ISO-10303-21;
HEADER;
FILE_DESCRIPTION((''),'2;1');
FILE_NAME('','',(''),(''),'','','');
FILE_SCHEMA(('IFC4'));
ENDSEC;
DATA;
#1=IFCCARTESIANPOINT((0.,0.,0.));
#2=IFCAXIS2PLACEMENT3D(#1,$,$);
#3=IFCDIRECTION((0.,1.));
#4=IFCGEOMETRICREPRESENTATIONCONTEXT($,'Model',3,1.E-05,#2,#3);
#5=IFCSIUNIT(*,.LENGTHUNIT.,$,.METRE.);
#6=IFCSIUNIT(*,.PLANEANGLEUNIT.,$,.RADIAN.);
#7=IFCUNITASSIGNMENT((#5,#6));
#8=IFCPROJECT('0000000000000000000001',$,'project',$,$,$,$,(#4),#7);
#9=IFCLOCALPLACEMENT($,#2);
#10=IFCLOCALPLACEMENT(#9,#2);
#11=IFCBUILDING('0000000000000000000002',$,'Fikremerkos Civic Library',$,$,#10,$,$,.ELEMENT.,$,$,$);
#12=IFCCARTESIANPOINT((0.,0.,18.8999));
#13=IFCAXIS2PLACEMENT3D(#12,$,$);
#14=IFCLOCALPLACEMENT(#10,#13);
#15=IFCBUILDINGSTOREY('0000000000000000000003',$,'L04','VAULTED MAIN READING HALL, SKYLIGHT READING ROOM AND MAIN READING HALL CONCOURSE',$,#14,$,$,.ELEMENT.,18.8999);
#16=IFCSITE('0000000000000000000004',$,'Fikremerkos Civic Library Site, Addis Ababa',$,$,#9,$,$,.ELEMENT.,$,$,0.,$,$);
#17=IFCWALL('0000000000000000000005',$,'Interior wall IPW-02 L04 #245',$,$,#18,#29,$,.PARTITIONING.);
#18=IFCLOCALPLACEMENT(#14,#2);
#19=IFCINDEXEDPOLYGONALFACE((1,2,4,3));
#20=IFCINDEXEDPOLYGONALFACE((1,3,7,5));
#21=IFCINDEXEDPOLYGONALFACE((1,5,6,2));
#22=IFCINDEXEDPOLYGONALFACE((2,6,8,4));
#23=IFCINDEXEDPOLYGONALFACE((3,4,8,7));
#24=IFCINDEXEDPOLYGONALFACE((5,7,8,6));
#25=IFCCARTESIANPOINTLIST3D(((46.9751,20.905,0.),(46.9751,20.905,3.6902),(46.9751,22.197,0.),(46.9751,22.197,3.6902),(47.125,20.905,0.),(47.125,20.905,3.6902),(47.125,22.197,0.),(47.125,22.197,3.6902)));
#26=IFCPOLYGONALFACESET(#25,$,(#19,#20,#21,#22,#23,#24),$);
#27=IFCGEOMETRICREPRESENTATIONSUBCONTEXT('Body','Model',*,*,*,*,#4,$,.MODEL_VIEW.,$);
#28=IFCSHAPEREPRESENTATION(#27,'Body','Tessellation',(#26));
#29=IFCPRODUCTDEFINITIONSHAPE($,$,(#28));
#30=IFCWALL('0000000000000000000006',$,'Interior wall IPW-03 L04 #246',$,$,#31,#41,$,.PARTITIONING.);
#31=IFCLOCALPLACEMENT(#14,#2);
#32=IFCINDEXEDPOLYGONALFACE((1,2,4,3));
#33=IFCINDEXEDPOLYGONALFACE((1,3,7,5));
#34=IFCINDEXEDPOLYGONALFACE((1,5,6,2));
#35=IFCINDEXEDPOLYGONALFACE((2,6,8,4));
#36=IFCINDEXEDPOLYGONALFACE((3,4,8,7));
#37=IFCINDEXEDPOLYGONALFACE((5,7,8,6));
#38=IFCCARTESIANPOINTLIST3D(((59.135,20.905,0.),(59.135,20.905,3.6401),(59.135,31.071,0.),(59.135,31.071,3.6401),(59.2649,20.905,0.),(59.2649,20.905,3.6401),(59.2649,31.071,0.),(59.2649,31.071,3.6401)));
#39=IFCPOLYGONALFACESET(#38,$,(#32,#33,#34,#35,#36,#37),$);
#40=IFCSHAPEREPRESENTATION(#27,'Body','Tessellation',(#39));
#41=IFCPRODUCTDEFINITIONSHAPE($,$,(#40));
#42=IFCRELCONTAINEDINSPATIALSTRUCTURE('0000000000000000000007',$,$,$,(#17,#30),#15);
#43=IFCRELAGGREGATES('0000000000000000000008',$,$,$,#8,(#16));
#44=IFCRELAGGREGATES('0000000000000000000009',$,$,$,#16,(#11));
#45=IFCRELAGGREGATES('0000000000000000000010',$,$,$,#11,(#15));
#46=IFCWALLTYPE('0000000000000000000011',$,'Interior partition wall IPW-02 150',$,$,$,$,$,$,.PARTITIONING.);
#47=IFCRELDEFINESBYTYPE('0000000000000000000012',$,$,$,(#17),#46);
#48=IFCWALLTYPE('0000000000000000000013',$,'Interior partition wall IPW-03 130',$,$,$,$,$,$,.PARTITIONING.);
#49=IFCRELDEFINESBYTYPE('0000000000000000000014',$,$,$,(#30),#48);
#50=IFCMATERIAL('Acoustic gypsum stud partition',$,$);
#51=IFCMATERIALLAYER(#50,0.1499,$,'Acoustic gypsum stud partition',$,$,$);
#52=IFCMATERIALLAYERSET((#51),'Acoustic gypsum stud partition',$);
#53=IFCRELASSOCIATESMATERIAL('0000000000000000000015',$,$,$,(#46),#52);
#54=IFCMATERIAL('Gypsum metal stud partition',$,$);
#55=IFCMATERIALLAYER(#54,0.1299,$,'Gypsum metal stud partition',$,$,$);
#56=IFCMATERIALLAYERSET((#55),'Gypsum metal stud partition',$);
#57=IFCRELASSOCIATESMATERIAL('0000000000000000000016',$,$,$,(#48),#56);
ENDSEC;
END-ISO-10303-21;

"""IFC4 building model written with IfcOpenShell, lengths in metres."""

from ifc_helpers import new_model, si_unit, direction, frame, frame_2d, origin, place, context, subcontext, project, spatial, rectangle, extrude, material, layer, layer_set, type_object, element, save


model = new_model("IFC4")

# Units and contexts
model_context = context("Model", 3, precision=1e-05, world=origin(), true_north=direction((0.0, 1.0)))
body_context = subcontext(model_context, "Body", "Model", "MODEL_VIEW")
ifc_project = project(units=[si_unit("LENGTHUNIT", "METRE"), si_unit("PLANEANGLEUNIT", "RADIAN")], contexts=[model_context])

# Site, building, storey
site_placement = place(None, origin())
site = spatial("IfcSite", under=ifc_project, at=site_placement, Name="Fikremerkos Civic Library Site, Addis Ababa", CompositionType="ELEMENT", RefElevation=0.0)
building_placement = place(site_placement, origin())
building = spatial("IfcBuilding", under=site, at=building_placement, Name="Fikremerkos Civic Library", CompositionType="ELEMENT")
storey_placement = place(building_placement, frame((0.0, 0.0, 18.8999)))
storey = spatial("IfcBuildingStorey", under=building, at=storey_placement, Name="L04", Description="VAULTED MAIN READING HALL, SKYLIGHT READING ROOM AND MAIN READING HALL CONCOURSE", CompositionType="ELEMENT", Elevation=18.8999)

# Shared definitions
ifc_material_1 = material(Name="Acoustic gypsum stud partition")
ifc_layer_1 = layer(ifc_material_1, 0.1499, Name="Acoustic gypsum stud partition")
ifc_layer_set_1 = layer_set([ifc_layer_1], Name="Acoustic gypsum stud partition")
wall_type_1 = type_object("IfcWallType", Name="Interior partition wall IPW-02 150", PredefinedType="PARTITIONING", material=ifc_layer_set_1)

# Walls
wall_1_placement = place(storey_placement, frame((47.05, 20.905, 0.0), z_axis=(0.0, 0.0, 1.0), x_axis=(0.0, 1.0, 0.0)))
element("IfcWall", 1, at=wall_1_placement, inside=storey, type_object=wall_type_1, Name="Interior wall IPW-02 L04 #245", PredefinedType="PARTITIONING", context=body_context, shape_type="SweptSolid", body=[
    extrude(rectangle(XDim=1.292, YDim=0.1499, at=frame_2d((0.646, 0.0))), origin(), (0.0, 0.0, 1.0), 3.6902),
])
ifc_material_2 = material(Name="Gypsum metal stud partition")
ifc_layer_2 = layer(ifc_material_2, 0.1299, Name="Gypsum metal stud partition")
ifc_layer_set_2 = layer_set([ifc_layer_2], Name="Gypsum metal stud partition")
wall_type_2 = type_object("IfcWallType", Name="Interior partition wall IPW-03 130", PredefinedType="PARTITIONING", material=ifc_layer_set_2)
wall_2_placement = place(storey_placement, frame((59.2, 20.905, 0.0), z_axis=(0.0, 0.0, 1.0), x_axis=(0.0, 1.0, 0.0)))
element("IfcWall", 2, at=wall_2_placement, inside=storey, type_object=wall_type_2, Name="Interior wall IPW-03 L04 #246", PredefinedType="PARTITIONING", context=body_context, shape_type="SweptSolid", body=[
    extrude(rectangle(XDim=10.166, YDim=0.1299, at=frame_2d((5.083, 0.0))), origin(), (0.0, 0.0, 1.0), 3.6401),
])

save(model, "model.ifc")
